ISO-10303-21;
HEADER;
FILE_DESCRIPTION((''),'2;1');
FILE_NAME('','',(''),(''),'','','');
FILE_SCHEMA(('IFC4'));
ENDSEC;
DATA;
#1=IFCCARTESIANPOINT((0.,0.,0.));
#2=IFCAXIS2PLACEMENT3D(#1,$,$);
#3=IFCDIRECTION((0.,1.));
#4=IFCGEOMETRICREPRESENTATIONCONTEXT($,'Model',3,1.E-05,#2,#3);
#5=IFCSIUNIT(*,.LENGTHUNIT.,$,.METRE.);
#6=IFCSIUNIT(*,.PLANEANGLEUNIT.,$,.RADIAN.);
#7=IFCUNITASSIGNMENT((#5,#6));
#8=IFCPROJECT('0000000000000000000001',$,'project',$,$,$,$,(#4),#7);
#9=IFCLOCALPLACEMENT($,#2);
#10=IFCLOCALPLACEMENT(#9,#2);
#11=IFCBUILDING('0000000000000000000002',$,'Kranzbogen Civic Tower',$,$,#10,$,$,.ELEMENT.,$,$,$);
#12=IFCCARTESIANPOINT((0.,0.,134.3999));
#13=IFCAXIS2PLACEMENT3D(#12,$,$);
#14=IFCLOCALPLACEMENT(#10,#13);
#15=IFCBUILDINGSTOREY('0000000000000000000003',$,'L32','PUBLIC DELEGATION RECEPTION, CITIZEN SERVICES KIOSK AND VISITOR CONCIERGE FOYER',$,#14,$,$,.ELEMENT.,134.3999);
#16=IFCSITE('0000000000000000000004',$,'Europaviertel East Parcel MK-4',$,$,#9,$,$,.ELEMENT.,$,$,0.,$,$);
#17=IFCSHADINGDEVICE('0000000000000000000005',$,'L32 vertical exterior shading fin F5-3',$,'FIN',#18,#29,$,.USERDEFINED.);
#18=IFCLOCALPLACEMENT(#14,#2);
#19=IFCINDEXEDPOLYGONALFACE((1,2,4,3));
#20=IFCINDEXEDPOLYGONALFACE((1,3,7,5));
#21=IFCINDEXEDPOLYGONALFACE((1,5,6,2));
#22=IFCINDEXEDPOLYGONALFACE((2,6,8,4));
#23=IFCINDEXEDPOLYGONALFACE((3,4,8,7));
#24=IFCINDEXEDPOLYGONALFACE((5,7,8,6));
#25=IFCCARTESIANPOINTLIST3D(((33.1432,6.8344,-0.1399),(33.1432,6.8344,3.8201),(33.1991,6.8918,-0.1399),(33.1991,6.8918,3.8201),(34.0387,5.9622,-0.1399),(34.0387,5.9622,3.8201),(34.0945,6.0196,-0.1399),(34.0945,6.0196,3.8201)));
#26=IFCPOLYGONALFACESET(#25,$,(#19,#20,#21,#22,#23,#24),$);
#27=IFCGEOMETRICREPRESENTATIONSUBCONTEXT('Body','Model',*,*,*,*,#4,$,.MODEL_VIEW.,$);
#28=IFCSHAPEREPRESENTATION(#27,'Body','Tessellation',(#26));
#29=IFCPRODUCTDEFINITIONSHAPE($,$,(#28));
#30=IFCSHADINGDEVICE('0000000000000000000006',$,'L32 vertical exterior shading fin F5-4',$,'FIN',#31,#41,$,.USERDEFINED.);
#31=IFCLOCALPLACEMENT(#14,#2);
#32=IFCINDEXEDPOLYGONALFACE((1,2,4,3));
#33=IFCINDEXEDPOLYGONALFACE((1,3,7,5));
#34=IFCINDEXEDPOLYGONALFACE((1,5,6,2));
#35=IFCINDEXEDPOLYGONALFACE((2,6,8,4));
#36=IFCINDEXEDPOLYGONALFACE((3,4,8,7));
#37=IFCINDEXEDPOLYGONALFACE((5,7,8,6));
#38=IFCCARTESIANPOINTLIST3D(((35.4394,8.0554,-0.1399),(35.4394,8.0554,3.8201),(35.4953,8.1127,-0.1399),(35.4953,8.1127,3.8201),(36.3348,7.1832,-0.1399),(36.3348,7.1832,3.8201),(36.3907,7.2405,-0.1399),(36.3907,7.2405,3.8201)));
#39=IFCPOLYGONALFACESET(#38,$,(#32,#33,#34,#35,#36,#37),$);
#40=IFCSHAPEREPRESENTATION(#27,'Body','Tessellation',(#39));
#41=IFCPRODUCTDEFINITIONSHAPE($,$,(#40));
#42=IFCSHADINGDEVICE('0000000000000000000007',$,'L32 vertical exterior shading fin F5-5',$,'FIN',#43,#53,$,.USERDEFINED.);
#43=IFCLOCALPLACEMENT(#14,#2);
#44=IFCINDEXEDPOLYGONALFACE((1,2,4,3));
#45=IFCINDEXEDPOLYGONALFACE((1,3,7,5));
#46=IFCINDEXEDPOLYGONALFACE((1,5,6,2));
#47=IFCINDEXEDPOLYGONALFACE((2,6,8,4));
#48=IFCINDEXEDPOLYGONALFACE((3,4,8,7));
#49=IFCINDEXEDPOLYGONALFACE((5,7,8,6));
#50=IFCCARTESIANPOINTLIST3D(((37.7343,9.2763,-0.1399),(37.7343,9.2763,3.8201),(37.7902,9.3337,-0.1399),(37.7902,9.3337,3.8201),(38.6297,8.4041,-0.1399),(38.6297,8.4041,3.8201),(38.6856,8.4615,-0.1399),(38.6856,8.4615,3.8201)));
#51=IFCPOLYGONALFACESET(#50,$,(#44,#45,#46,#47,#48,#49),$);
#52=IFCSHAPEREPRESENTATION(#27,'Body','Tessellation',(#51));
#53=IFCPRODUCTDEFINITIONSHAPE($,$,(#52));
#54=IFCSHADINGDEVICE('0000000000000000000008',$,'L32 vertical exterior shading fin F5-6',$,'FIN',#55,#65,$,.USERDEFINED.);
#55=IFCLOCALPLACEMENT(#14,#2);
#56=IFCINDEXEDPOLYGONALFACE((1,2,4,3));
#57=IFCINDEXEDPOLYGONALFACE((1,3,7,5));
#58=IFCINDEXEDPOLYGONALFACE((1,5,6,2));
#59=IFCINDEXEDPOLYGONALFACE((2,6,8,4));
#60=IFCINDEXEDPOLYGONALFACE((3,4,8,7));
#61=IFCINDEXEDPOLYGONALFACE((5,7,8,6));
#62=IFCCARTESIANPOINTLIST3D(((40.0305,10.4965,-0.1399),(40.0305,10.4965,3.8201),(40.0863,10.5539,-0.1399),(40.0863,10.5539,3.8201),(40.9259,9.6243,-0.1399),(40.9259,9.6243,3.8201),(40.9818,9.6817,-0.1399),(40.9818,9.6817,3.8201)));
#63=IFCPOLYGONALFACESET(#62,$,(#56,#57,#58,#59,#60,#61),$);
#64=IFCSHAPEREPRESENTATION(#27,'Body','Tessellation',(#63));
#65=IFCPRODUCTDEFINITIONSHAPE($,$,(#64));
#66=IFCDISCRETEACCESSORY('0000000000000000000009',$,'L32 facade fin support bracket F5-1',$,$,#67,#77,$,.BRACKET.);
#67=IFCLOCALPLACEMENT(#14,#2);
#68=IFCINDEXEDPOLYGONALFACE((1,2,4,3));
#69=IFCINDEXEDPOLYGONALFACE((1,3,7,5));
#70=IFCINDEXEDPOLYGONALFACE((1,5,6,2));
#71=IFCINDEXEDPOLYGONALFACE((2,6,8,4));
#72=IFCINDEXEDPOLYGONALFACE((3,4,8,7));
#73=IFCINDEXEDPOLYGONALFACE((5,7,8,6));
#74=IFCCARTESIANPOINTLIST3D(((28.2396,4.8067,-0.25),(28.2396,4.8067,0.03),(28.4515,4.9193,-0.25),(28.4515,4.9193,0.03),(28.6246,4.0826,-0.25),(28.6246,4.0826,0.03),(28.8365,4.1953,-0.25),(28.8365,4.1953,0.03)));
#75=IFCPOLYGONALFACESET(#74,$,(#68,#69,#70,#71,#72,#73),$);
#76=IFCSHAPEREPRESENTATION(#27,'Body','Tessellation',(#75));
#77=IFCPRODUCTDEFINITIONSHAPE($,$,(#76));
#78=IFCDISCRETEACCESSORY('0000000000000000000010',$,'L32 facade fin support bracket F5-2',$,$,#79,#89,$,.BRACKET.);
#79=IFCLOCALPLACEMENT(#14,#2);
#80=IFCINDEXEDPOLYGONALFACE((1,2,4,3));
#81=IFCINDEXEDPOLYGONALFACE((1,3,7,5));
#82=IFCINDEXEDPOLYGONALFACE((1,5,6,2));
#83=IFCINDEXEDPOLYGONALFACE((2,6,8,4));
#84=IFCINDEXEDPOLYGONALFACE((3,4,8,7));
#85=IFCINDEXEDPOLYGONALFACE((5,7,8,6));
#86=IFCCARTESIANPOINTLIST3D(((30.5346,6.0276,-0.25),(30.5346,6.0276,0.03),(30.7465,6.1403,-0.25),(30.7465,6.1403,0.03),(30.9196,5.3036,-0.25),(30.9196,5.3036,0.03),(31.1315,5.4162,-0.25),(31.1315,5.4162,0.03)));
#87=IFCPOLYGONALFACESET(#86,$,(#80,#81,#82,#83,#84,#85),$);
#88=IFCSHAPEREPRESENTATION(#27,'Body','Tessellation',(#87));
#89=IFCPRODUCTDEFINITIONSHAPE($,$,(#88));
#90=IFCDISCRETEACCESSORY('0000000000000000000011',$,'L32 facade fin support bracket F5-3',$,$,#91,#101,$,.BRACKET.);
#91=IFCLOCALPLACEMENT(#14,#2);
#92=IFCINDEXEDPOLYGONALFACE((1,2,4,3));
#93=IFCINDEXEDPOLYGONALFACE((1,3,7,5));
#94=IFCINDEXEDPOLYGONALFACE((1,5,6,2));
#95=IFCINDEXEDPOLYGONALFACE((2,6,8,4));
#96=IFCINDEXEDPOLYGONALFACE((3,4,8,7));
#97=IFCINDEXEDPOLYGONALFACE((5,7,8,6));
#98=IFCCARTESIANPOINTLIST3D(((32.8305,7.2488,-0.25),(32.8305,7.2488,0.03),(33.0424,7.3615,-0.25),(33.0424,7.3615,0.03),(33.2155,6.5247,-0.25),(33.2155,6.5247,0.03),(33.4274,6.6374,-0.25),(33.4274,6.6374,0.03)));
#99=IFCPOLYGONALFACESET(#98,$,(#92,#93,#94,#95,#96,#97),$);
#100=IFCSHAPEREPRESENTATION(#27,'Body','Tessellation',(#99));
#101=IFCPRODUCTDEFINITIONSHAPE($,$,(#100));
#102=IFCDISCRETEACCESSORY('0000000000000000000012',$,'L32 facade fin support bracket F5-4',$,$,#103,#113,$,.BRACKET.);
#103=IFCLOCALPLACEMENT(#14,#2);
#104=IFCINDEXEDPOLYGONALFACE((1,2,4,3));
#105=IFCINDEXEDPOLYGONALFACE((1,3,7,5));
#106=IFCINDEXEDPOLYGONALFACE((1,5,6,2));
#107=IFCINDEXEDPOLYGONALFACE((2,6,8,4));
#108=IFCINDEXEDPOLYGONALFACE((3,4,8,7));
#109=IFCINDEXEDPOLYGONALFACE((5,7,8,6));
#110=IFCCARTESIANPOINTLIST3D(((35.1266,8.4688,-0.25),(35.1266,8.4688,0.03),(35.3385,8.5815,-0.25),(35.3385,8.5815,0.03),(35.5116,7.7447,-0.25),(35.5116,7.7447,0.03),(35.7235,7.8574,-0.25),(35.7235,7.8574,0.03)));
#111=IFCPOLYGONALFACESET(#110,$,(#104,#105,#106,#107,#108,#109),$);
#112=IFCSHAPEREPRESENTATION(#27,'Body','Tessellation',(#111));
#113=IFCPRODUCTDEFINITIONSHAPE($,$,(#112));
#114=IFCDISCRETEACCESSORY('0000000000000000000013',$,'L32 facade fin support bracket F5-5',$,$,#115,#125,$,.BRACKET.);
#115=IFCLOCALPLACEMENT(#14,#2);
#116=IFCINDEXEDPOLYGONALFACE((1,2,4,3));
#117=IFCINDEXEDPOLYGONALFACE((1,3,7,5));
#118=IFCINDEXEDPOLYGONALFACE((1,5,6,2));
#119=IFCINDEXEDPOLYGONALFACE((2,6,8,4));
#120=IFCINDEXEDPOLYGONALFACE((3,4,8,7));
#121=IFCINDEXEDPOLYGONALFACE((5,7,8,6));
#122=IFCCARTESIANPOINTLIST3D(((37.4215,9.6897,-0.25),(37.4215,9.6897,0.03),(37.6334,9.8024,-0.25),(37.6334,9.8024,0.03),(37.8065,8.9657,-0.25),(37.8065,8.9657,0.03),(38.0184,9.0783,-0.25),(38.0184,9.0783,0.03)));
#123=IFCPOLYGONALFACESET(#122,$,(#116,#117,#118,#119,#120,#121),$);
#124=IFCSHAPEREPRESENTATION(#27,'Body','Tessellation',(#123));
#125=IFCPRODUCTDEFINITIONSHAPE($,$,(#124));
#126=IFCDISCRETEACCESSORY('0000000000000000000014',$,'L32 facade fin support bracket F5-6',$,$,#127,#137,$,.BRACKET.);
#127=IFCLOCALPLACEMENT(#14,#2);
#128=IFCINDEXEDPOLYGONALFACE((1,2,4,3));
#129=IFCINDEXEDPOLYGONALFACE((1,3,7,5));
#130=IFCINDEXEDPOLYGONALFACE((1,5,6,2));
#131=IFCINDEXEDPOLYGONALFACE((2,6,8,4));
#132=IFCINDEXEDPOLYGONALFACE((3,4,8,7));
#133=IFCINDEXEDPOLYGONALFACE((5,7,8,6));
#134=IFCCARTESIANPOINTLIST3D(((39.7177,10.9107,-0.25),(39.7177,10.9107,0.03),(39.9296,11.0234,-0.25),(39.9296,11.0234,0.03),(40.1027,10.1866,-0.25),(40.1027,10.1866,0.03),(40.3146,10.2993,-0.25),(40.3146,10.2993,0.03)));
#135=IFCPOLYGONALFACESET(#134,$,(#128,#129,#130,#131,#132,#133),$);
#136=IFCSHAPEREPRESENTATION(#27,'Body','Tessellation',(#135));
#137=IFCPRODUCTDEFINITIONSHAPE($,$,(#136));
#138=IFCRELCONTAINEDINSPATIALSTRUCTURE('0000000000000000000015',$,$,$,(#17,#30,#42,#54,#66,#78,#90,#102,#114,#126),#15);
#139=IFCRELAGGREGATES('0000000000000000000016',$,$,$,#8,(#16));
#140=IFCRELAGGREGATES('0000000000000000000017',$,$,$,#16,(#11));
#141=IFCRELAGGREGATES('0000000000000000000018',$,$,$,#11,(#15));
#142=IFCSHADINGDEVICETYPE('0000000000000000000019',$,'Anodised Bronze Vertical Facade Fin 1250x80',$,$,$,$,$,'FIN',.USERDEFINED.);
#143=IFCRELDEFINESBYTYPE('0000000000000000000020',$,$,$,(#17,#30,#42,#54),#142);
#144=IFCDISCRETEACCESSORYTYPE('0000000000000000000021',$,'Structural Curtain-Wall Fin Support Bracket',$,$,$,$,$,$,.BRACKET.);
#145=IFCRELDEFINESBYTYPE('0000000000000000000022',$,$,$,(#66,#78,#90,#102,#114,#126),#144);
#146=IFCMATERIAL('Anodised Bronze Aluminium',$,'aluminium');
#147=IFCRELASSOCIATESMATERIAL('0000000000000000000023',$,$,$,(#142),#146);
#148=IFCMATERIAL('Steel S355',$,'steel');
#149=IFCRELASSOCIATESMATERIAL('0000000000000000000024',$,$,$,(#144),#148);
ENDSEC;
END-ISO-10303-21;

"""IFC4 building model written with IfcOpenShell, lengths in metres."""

from ifc_helpers import new_model, si_unit, direction, frame, origin, origin_2d, place, context, subcontext, project, spatial, rectangle, extrude, material, type_object, element, save


model = new_model("IFC4")

# Units and contexts
model_context = context("Model", 3, precision=1e-05, world=origin(), true_north=direction((0.0, 1.0)))
body_context = subcontext(model_context, "Body", "Model", "MODEL_VIEW")
ifc_project = project(units=[si_unit("LENGTHUNIT", "METRE"), si_unit("PLANEANGLEUNIT", "RADIAN")], contexts=[model_context])

# Site, building, storey
site_placement = place(None, origin())
site = spatial("IfcSite", under=ifc_project, at=site_placement, Name="Europaviertel East Parcel MK-4", CompositionType="ELEMENT", RefElevation=0.0)
building_placement = place(site_placement, origin())
building = spatial("IfcBuilding", under=site, at=building_placement, Name="Kranzbogen Civic Tower", CompositionType="ELEMENT")
storey_placement = place(building_placement, frame((0.0, 0.0, 134.3999)))
storey = spatial("IfcBuildingStorey", under=building, at=storey_placement, Name="L32", Description="PUBLIC DELEGATION RECEPTION, CITIZEN SERVICES KIOSK AND VISITOR CONCIERGE FOYER", CompositionType="ELEMENT", Elevation=134.3999)

# Shared definitions
ifc_material_1 = material(Name="Steel S355", Category="steel")

# Shading devices
ifc_material_2 = material(Name="Anodised Bronze Aluminium", Category="aluminium")
shading_device_type = type_object("IfcShadingDeviceType", Name="Anodised Bronze Vertical Facade Fin 1250x80", ElementType="FIN", PredefinedType="USERDEFINED", material=ifc_material_2)
for number, where, z_axis, x_axis, name in (
    (1, (33.6189, 6.427, -0.1399), (0.0, 0.0, 1.0), (0.716338, -0.697753, 0.0), "L32 vertical exterior shading fin F5-3"),
    (2, (35.915, 7.6479, -0.1399), (0.0, 0.0, 1.0), (0.716338, -0.697753, 0.0), "L32 vertical exterior shading fin F5-4"),
    (3, (38.21, 8.8689, -0.1399), (0.0, 0.0, 1.0), (0.716338, -0.697753, 0.0), "L32 vertical exterior shading fin F5-5"),
    (4, (40.5061, 10.0891, -0.1399), (0.0, 0.0, 1.0), (0.716338, -0.697753, 0.0), "L32 vertical exterior shading fin F5-6"),
):
    element("IfcShadingDevice", number, at=place(storey_placement, frame(where, z_axis=z_axis, x_axis=x_axis)), inside=storey, type_object=shading_device_type, Name=name, ObjectType="FIN", PredefinedType="USERDEFINED", context=body_context, shape_type="SweptSolid", body=[
        extrude(rectangle(XDim=1.25, YDim=0.0801, at=origin_2d()), origin(), (0.0, 0.0, 1.0), 3.96),
    ])

# Discrete accessories
discrete_accessory_type = type_object("IfcDiscreteAccessoryType", Name="Structural Curtain-Wall Fin Support Bracket", PredefinedType="BRACKET", material=ifc_material_1)
for number, where, z_axis, x_axis, name in (
    (5, (28.5381, 4.501, -0.25), (0.0, 0.0, 1.0), (0.469472, -0.882948, 0.0), "L32 facade fin support bracket F5-1"),
    (6, (30.833, 5.7219, -0.25), (0.0, 0.0, 1.0), (0.469472, -0.882948, 0.0), "L32 facade fin support bracket F5-2"),
    (7, (33.1289, 6.9431, -0.25), (0.0, 0.0, 1.0), (0.469472, -0.882948, 0.0), "L32 facade fin support bracket F5-3"),
    (8, (35.425, 8.1631, -0.25), (0.0, 0.0, 1.0), (0.469472, -0.882948, 0.0), "L32 facade fin support bracket F5-4"),
    (9, (37.72, 9.384, -0.25), (0.0, 0.0, 1.0), (0.469472, -0.882948, 0.0), "L32 facade fin support bracket F5-5"),
    (10, (40.0161, 10.605, -0.25), (0.0, 0.0, 1.0), (0.469472, -0.882948, 0.0), "L32 facade fin support bracket F5-6"),
):
    element("IfcDiscreteAccessory", number, at=place(storey_placement, frame(where, z_axis=z_axis, x_axis=x_axis)), inside=storey, type_object=discrete_accessory_type, Name=name, PredefinedType="BRACKET", context=body_context, shape_type="SweptSolid", body=[
        extrude(rectangle(XDim=0.8201, YDim=0.24, at=origin_2d()), origin(), (0.0, 0.0, 1.0), 0.28),
    ])

save(model, "model.ifc")
